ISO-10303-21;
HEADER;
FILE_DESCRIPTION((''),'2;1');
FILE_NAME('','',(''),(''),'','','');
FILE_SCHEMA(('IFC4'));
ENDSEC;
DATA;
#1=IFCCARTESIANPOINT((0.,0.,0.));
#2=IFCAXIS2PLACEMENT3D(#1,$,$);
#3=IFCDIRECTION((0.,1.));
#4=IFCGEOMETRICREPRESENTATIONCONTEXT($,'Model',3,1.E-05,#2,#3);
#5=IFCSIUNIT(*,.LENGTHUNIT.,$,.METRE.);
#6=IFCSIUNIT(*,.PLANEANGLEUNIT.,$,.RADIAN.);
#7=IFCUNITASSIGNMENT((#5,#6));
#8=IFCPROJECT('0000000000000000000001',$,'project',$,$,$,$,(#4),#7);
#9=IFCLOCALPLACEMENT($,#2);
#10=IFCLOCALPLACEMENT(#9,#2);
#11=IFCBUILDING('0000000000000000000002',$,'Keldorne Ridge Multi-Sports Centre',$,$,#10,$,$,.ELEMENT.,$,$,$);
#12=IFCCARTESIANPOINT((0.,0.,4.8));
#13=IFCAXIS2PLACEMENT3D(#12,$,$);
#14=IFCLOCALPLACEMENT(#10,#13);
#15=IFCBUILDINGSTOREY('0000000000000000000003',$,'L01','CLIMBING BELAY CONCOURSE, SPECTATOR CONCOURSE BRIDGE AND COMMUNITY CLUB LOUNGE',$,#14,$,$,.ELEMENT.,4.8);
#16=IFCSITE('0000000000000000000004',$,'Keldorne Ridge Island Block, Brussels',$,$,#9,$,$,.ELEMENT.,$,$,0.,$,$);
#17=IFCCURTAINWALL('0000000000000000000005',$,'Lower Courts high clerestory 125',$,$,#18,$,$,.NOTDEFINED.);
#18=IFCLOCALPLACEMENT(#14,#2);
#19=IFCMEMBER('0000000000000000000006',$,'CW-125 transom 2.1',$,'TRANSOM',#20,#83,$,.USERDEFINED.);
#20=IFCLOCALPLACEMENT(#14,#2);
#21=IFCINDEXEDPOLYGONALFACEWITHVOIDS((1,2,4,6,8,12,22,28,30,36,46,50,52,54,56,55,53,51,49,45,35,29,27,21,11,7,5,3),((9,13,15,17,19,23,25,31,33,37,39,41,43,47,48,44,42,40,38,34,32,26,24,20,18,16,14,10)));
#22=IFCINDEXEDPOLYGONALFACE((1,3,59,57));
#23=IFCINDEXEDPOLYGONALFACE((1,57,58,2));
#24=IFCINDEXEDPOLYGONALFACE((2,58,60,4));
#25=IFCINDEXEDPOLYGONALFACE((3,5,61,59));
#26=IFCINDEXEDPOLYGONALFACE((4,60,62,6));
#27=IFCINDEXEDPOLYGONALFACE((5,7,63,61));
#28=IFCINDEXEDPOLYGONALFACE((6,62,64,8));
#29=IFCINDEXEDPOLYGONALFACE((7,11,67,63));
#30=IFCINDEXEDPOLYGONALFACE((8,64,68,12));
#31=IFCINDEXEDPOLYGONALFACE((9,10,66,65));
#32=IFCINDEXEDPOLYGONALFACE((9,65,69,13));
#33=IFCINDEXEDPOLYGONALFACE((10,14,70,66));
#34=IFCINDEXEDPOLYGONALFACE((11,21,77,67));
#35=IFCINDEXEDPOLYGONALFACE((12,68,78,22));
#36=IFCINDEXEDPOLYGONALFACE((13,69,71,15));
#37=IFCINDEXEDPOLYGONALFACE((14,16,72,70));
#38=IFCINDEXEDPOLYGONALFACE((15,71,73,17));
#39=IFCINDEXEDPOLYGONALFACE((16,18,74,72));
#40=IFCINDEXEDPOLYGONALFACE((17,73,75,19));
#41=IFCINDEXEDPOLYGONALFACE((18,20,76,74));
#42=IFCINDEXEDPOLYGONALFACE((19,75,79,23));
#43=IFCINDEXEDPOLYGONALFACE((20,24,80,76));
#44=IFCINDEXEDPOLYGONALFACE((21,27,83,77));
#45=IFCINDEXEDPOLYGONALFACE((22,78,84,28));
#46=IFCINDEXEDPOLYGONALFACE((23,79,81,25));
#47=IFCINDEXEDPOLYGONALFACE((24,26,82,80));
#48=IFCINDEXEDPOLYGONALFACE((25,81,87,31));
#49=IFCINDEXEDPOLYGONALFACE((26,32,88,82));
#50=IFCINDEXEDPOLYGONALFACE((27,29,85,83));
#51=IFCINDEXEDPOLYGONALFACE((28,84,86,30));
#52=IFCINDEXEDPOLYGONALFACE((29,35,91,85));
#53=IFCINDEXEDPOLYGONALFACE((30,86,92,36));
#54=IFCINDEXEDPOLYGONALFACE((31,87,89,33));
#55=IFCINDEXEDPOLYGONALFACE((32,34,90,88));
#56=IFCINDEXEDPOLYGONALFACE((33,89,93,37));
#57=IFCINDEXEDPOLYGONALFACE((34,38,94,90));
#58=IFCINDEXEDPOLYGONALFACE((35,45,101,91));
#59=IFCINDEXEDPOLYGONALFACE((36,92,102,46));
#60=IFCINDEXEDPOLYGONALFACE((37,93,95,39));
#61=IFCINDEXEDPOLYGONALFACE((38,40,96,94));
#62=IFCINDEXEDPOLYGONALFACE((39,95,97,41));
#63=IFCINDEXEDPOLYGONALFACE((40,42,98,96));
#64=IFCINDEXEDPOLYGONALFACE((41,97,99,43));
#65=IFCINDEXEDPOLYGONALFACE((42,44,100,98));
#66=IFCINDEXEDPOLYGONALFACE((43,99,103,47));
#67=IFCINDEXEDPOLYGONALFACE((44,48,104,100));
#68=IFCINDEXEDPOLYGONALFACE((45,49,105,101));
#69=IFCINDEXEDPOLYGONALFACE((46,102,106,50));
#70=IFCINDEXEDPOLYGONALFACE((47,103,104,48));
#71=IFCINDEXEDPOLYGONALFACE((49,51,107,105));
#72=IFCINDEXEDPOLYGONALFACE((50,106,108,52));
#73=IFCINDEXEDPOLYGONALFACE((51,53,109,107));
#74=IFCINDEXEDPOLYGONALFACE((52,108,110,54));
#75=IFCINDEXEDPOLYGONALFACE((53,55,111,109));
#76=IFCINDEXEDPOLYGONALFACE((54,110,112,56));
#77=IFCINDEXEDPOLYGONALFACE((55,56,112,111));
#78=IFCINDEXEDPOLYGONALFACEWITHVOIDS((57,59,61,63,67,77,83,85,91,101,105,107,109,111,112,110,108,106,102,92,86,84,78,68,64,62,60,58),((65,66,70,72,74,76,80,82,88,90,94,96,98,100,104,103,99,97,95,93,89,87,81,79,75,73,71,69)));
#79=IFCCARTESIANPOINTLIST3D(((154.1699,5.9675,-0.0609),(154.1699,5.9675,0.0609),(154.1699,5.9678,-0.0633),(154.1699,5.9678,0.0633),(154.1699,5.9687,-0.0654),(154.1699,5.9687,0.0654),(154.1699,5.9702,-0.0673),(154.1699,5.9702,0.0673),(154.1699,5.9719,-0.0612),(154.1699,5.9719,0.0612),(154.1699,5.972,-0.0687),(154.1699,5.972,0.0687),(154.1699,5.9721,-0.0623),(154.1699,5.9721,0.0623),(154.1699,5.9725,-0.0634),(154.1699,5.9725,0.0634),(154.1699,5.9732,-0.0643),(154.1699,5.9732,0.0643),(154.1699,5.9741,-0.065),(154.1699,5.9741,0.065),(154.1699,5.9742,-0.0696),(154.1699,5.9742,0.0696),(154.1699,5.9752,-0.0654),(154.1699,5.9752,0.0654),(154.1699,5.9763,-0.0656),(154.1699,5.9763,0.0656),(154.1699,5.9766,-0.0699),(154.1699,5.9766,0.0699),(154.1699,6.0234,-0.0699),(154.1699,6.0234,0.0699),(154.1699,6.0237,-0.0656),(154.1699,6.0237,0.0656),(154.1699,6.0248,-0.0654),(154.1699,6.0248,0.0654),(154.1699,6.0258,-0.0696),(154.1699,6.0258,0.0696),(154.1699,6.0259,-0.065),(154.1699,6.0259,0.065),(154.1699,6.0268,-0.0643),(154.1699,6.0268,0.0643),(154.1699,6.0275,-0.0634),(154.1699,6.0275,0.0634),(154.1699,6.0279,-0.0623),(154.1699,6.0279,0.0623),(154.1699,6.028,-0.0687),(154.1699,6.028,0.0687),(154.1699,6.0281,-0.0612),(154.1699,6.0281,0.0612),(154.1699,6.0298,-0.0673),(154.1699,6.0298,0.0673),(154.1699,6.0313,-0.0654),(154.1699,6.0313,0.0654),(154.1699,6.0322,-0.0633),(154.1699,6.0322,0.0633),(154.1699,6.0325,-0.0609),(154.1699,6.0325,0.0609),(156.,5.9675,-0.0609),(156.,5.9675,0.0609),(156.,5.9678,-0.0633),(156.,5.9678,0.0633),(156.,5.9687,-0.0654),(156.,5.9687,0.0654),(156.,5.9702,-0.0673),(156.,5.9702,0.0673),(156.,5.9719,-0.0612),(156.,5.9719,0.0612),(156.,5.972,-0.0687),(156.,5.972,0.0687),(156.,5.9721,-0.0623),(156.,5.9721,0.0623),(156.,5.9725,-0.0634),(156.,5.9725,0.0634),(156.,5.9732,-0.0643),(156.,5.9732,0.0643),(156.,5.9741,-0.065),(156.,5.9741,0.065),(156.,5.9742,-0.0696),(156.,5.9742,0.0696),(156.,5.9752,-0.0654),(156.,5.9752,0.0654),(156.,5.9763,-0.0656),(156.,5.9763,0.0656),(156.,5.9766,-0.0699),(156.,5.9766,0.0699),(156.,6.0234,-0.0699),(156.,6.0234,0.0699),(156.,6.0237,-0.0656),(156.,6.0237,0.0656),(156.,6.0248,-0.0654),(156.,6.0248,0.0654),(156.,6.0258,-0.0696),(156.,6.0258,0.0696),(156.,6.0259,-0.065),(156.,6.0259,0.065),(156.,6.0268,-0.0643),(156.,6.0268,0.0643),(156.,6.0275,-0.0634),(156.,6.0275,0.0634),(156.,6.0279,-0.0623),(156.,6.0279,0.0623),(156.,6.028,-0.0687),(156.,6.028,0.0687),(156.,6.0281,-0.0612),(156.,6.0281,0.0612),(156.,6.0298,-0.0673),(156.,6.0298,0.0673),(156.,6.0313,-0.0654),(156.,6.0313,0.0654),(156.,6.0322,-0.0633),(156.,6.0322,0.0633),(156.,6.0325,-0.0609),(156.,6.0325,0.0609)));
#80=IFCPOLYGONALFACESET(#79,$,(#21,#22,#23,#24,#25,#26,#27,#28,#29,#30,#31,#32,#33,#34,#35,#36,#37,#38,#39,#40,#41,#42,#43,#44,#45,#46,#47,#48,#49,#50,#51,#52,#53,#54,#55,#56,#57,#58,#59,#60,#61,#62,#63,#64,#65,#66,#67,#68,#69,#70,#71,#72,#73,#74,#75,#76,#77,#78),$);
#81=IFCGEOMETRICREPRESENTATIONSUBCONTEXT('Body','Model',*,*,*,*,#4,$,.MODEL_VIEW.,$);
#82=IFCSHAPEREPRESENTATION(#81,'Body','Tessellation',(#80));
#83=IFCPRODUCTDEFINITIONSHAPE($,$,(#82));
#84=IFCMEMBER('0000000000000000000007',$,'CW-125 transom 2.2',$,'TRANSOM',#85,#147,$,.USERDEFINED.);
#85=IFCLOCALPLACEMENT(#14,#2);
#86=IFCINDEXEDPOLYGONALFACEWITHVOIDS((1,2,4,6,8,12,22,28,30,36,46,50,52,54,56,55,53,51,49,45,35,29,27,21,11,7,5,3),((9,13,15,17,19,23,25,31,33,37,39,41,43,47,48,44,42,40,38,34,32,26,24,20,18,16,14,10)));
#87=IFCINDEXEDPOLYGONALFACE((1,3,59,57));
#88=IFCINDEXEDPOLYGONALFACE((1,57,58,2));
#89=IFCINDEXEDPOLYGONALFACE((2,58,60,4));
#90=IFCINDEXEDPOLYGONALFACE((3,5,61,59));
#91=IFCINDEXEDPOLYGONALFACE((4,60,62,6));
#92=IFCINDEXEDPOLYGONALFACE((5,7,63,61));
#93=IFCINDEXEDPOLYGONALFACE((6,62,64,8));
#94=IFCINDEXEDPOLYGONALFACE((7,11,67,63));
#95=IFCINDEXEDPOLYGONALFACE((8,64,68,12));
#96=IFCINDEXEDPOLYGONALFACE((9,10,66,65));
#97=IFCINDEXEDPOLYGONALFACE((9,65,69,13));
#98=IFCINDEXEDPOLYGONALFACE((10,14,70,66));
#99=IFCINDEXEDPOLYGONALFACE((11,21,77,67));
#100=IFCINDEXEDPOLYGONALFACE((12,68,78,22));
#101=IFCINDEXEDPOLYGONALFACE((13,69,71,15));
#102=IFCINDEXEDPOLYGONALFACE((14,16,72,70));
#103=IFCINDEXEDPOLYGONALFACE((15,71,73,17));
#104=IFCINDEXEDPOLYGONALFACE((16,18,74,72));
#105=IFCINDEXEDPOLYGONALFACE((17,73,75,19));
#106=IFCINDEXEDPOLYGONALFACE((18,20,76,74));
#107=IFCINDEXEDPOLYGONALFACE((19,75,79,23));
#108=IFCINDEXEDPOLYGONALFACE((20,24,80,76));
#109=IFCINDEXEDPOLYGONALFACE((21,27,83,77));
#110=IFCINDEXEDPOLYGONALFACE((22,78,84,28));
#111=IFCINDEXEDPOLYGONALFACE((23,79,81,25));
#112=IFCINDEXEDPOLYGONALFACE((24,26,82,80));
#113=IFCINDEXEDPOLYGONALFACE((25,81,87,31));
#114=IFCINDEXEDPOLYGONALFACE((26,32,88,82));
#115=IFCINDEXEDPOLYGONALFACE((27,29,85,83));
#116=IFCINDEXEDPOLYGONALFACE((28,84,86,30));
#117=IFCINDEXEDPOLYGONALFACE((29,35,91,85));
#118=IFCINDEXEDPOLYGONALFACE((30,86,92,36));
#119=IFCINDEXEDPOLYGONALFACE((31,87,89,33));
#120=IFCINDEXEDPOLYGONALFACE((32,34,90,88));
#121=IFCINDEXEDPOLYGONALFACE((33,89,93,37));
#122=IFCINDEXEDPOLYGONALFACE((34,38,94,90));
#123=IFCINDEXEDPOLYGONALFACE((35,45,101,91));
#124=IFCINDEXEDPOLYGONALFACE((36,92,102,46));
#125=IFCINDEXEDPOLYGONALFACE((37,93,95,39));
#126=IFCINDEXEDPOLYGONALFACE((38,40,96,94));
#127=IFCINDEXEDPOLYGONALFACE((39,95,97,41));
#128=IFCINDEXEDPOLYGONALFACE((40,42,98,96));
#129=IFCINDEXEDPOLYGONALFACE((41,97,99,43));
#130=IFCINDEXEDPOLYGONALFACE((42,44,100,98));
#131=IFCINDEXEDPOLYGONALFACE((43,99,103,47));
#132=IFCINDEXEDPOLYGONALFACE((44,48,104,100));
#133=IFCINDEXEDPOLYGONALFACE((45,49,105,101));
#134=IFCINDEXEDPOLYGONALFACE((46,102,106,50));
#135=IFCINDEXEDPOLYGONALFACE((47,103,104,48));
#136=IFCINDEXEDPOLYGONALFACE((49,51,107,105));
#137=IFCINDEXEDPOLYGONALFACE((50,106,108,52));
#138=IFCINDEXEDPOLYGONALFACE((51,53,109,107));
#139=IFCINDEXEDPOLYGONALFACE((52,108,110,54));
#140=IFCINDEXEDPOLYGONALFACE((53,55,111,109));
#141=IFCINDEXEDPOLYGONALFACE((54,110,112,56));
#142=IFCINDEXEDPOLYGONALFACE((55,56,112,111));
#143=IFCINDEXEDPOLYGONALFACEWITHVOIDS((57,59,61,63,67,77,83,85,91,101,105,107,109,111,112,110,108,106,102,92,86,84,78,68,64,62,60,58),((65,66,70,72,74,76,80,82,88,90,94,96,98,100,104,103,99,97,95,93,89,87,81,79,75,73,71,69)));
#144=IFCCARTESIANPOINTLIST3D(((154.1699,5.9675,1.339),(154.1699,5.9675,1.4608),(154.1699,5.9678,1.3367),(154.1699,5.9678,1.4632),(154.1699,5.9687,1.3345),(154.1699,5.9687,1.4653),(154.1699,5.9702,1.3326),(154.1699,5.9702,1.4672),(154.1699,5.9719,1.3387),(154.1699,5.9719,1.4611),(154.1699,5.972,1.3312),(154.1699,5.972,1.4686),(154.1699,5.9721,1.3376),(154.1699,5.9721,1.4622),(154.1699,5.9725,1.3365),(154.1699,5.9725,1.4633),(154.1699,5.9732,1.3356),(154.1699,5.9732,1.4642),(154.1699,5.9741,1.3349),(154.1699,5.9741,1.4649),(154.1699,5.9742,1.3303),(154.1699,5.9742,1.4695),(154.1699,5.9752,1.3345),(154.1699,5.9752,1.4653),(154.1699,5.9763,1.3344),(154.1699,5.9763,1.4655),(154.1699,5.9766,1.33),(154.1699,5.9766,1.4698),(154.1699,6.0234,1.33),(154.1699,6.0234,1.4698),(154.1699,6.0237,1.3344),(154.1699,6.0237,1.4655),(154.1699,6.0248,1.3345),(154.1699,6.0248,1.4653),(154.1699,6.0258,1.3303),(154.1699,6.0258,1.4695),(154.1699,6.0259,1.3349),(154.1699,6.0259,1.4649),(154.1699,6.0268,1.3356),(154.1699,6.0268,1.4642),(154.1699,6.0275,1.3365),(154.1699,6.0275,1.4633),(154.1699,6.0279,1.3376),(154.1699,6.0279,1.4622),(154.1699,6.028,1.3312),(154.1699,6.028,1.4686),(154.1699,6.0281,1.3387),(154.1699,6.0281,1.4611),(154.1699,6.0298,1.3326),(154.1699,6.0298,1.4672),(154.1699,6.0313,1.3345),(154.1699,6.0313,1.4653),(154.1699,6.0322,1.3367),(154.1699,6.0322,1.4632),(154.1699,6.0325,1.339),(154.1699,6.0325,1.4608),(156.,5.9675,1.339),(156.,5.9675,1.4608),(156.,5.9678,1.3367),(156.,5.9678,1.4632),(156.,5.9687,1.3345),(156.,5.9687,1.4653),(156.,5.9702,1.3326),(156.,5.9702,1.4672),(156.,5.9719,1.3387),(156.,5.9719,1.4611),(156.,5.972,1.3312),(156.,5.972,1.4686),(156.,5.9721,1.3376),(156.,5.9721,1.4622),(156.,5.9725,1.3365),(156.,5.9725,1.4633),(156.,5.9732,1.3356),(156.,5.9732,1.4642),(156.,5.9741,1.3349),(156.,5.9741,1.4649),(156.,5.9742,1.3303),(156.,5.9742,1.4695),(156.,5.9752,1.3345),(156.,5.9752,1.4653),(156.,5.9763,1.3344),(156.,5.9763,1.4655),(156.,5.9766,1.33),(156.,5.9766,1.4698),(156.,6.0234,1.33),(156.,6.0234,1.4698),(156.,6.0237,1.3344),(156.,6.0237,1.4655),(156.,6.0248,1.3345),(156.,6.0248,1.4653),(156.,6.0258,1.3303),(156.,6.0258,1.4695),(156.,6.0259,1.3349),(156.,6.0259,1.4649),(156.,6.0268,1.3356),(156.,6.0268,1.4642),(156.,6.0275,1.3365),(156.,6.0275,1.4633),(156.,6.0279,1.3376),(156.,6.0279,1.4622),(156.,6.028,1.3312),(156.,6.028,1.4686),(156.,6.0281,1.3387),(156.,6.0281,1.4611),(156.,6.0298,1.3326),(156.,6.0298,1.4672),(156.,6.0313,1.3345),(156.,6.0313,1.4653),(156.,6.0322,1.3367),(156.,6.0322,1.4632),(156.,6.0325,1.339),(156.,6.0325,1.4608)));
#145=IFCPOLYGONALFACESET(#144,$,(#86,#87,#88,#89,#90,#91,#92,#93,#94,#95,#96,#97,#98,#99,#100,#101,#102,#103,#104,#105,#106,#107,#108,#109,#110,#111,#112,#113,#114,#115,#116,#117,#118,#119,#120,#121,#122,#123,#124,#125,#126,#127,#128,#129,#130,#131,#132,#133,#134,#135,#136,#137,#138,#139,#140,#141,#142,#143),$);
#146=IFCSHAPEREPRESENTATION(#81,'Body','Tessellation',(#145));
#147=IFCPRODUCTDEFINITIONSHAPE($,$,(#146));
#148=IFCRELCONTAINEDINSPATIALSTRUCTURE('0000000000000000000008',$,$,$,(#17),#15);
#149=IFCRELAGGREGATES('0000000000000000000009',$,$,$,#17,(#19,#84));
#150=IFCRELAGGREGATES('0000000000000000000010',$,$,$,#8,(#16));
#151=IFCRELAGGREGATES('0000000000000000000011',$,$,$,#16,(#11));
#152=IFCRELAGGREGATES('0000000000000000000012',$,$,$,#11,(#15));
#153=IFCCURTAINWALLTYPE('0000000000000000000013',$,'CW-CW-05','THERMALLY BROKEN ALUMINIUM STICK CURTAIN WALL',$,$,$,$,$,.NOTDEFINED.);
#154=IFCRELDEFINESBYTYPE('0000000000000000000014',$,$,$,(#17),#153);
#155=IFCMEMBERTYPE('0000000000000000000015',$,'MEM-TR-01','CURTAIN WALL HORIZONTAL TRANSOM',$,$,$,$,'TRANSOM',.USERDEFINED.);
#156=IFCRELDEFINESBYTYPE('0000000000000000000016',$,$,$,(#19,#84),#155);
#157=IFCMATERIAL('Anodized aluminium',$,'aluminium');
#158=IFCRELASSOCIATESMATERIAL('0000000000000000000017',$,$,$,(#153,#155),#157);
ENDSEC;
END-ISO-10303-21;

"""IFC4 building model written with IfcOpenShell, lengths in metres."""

from ifc_helpers import new_model, si_unit, direction, frame, origin, origin_2d, place, context, subcontext, project, spatial, hollow_rectangle, extrude, material, material_profile, profile_set, type_object, element, aggregate, save


model = new_model("IFC4")

# Units and contexts
model_context = context("Model", 3, precision=1e-05, world=origin(), true_north=direction((0.0, 1.0)))
body_context = subcontext(model_context, "Body", "Model", "MODEL_VIEW")
ifc_project = project(units=[si_unit("LENGTHUNIT", "METRE"), si_unit("PLANEANGLEUNIT", "RADIAN")], contexts=[model_context])

# Site, building, storey
site_placement = place(None, origin())
site = spatial("IfcSite", under=ifc_project, at=site_placement, Name="Keldorne Ridge Island Block, Brussels", CompositionType="ELEMENT", RefElevation=0.0)
building_placement = place(site_placement, origin())
building = spatial("IfcBuilding", under=site, at=building_placement, Name="Keldorne Ridge Multi-Sports Centre", CompositionType="ELEMENT")
storey_placement = place(building_placement, frame((0.0, 0.0, 4.8)))
storey = spatial("IfcBuildingStorey", under=building, at=storey_placement, Name="L01", Description="CLIMBING BELAY CONCOURSE, SPECTATOR CONCOURSE BRIDGE AND COMMUNITY CLUB LOUNGE", CompositionType="ELEMENT", Elevation=4.8)

# Curtain wall, members
ifc_material_1 = material(Name="Anodized aluminium", Category="aluminium")
curtain_wall_type = type_object("IfcCurtainWallType", Name="CW-CW-05", Description="THERMALLY BROKEN ALUMINIUM STICK CURTAIN WALL", PredefinedType="NOTDEFINED", material=ifc_material_1)
curtain_wall_placement = place(storey_placement, origin())
curtain_wall = element("IfcCurtainWall", 1, at=curtain_wall_placement, inside=storey, type_object=curtain_wall_type, Name="Lower Courts high clerestory 125", PredefinedType="NOTDEFINED")
ifc_material_profile_1 = material_profile(ifc_material_1, hollow_rectangle(XDim=0.0649, YDim=0.1399, WallThickness=0.0044, InnerFilletRadius=0.0044, OuterFilletRadius=0.009, at=origin_2d()), Name="ALU TRANSOM 140x65x4.5")
ifc_profile_set_1 = profile_set([ifc_material_profile_1], Name="Anodized aluminium")
member_type_1 = type_object("IfcMemberType", Name="MEM-TR-01", Description="CURTAIN WALL HORIZONTAL TRANSOM", ElementType="TRANSOM", PredefinedType="USERDEFINED", material=ifc_profile_set_1)
member_1_placement = place(storey_placement, frame((154.1699, 6.0, 0.0), z_axis=(1.0, 0.0, 0.0), x_axis=(0.0, 1.0, 0.0)))
member_1 = element("IfcMember", 2, at=member_1_placement, type_object=member_type_1, Name="CW-125 transom 2.1", ObjectType="TRANSOM", PredefinedType="USERDEFINED", context=body_context, shape_type="SweptSolid", body=[
    extrude(hollow_rectangle(XDim=0.0649, YDim=0.1399, WallThickness=0.0044, InnerFilletRadius=0.0044, OuterFilletRadius=0.009, at=origin_2d()), origin(), (0.0, 0.0, 1.0), 1.8301),
])
member_2_placement = place(storey_placement, frame((154.1699, 6.0, 1.3999), z_axis=(1.0, 0.0, 0.0), x_axis=(0.0, 1.0, 0.0)))
member_2 = element("IfcMember", 3, at=member_2_placement, type_object=member_type_1, Name="CW-125 transom 2.2", ObjectType="TRANSOM", PredefinedType="USERDEFINED", context=body_context, shape_type="SweptSolid", body=[
    extrude(hollow_rectangle(XDim=0.0649, YDim=0.1399, WallThickness=0.0044, InnerFilletRadius=0.0044, OuterFilletRadius=0.009, at=origin_2d()), origin(), (0.0, 0.0, 1.0), 1.8301),
])
aggregate(curtain_wall, [member_1, member_2])

save(model, "model.ifc")
